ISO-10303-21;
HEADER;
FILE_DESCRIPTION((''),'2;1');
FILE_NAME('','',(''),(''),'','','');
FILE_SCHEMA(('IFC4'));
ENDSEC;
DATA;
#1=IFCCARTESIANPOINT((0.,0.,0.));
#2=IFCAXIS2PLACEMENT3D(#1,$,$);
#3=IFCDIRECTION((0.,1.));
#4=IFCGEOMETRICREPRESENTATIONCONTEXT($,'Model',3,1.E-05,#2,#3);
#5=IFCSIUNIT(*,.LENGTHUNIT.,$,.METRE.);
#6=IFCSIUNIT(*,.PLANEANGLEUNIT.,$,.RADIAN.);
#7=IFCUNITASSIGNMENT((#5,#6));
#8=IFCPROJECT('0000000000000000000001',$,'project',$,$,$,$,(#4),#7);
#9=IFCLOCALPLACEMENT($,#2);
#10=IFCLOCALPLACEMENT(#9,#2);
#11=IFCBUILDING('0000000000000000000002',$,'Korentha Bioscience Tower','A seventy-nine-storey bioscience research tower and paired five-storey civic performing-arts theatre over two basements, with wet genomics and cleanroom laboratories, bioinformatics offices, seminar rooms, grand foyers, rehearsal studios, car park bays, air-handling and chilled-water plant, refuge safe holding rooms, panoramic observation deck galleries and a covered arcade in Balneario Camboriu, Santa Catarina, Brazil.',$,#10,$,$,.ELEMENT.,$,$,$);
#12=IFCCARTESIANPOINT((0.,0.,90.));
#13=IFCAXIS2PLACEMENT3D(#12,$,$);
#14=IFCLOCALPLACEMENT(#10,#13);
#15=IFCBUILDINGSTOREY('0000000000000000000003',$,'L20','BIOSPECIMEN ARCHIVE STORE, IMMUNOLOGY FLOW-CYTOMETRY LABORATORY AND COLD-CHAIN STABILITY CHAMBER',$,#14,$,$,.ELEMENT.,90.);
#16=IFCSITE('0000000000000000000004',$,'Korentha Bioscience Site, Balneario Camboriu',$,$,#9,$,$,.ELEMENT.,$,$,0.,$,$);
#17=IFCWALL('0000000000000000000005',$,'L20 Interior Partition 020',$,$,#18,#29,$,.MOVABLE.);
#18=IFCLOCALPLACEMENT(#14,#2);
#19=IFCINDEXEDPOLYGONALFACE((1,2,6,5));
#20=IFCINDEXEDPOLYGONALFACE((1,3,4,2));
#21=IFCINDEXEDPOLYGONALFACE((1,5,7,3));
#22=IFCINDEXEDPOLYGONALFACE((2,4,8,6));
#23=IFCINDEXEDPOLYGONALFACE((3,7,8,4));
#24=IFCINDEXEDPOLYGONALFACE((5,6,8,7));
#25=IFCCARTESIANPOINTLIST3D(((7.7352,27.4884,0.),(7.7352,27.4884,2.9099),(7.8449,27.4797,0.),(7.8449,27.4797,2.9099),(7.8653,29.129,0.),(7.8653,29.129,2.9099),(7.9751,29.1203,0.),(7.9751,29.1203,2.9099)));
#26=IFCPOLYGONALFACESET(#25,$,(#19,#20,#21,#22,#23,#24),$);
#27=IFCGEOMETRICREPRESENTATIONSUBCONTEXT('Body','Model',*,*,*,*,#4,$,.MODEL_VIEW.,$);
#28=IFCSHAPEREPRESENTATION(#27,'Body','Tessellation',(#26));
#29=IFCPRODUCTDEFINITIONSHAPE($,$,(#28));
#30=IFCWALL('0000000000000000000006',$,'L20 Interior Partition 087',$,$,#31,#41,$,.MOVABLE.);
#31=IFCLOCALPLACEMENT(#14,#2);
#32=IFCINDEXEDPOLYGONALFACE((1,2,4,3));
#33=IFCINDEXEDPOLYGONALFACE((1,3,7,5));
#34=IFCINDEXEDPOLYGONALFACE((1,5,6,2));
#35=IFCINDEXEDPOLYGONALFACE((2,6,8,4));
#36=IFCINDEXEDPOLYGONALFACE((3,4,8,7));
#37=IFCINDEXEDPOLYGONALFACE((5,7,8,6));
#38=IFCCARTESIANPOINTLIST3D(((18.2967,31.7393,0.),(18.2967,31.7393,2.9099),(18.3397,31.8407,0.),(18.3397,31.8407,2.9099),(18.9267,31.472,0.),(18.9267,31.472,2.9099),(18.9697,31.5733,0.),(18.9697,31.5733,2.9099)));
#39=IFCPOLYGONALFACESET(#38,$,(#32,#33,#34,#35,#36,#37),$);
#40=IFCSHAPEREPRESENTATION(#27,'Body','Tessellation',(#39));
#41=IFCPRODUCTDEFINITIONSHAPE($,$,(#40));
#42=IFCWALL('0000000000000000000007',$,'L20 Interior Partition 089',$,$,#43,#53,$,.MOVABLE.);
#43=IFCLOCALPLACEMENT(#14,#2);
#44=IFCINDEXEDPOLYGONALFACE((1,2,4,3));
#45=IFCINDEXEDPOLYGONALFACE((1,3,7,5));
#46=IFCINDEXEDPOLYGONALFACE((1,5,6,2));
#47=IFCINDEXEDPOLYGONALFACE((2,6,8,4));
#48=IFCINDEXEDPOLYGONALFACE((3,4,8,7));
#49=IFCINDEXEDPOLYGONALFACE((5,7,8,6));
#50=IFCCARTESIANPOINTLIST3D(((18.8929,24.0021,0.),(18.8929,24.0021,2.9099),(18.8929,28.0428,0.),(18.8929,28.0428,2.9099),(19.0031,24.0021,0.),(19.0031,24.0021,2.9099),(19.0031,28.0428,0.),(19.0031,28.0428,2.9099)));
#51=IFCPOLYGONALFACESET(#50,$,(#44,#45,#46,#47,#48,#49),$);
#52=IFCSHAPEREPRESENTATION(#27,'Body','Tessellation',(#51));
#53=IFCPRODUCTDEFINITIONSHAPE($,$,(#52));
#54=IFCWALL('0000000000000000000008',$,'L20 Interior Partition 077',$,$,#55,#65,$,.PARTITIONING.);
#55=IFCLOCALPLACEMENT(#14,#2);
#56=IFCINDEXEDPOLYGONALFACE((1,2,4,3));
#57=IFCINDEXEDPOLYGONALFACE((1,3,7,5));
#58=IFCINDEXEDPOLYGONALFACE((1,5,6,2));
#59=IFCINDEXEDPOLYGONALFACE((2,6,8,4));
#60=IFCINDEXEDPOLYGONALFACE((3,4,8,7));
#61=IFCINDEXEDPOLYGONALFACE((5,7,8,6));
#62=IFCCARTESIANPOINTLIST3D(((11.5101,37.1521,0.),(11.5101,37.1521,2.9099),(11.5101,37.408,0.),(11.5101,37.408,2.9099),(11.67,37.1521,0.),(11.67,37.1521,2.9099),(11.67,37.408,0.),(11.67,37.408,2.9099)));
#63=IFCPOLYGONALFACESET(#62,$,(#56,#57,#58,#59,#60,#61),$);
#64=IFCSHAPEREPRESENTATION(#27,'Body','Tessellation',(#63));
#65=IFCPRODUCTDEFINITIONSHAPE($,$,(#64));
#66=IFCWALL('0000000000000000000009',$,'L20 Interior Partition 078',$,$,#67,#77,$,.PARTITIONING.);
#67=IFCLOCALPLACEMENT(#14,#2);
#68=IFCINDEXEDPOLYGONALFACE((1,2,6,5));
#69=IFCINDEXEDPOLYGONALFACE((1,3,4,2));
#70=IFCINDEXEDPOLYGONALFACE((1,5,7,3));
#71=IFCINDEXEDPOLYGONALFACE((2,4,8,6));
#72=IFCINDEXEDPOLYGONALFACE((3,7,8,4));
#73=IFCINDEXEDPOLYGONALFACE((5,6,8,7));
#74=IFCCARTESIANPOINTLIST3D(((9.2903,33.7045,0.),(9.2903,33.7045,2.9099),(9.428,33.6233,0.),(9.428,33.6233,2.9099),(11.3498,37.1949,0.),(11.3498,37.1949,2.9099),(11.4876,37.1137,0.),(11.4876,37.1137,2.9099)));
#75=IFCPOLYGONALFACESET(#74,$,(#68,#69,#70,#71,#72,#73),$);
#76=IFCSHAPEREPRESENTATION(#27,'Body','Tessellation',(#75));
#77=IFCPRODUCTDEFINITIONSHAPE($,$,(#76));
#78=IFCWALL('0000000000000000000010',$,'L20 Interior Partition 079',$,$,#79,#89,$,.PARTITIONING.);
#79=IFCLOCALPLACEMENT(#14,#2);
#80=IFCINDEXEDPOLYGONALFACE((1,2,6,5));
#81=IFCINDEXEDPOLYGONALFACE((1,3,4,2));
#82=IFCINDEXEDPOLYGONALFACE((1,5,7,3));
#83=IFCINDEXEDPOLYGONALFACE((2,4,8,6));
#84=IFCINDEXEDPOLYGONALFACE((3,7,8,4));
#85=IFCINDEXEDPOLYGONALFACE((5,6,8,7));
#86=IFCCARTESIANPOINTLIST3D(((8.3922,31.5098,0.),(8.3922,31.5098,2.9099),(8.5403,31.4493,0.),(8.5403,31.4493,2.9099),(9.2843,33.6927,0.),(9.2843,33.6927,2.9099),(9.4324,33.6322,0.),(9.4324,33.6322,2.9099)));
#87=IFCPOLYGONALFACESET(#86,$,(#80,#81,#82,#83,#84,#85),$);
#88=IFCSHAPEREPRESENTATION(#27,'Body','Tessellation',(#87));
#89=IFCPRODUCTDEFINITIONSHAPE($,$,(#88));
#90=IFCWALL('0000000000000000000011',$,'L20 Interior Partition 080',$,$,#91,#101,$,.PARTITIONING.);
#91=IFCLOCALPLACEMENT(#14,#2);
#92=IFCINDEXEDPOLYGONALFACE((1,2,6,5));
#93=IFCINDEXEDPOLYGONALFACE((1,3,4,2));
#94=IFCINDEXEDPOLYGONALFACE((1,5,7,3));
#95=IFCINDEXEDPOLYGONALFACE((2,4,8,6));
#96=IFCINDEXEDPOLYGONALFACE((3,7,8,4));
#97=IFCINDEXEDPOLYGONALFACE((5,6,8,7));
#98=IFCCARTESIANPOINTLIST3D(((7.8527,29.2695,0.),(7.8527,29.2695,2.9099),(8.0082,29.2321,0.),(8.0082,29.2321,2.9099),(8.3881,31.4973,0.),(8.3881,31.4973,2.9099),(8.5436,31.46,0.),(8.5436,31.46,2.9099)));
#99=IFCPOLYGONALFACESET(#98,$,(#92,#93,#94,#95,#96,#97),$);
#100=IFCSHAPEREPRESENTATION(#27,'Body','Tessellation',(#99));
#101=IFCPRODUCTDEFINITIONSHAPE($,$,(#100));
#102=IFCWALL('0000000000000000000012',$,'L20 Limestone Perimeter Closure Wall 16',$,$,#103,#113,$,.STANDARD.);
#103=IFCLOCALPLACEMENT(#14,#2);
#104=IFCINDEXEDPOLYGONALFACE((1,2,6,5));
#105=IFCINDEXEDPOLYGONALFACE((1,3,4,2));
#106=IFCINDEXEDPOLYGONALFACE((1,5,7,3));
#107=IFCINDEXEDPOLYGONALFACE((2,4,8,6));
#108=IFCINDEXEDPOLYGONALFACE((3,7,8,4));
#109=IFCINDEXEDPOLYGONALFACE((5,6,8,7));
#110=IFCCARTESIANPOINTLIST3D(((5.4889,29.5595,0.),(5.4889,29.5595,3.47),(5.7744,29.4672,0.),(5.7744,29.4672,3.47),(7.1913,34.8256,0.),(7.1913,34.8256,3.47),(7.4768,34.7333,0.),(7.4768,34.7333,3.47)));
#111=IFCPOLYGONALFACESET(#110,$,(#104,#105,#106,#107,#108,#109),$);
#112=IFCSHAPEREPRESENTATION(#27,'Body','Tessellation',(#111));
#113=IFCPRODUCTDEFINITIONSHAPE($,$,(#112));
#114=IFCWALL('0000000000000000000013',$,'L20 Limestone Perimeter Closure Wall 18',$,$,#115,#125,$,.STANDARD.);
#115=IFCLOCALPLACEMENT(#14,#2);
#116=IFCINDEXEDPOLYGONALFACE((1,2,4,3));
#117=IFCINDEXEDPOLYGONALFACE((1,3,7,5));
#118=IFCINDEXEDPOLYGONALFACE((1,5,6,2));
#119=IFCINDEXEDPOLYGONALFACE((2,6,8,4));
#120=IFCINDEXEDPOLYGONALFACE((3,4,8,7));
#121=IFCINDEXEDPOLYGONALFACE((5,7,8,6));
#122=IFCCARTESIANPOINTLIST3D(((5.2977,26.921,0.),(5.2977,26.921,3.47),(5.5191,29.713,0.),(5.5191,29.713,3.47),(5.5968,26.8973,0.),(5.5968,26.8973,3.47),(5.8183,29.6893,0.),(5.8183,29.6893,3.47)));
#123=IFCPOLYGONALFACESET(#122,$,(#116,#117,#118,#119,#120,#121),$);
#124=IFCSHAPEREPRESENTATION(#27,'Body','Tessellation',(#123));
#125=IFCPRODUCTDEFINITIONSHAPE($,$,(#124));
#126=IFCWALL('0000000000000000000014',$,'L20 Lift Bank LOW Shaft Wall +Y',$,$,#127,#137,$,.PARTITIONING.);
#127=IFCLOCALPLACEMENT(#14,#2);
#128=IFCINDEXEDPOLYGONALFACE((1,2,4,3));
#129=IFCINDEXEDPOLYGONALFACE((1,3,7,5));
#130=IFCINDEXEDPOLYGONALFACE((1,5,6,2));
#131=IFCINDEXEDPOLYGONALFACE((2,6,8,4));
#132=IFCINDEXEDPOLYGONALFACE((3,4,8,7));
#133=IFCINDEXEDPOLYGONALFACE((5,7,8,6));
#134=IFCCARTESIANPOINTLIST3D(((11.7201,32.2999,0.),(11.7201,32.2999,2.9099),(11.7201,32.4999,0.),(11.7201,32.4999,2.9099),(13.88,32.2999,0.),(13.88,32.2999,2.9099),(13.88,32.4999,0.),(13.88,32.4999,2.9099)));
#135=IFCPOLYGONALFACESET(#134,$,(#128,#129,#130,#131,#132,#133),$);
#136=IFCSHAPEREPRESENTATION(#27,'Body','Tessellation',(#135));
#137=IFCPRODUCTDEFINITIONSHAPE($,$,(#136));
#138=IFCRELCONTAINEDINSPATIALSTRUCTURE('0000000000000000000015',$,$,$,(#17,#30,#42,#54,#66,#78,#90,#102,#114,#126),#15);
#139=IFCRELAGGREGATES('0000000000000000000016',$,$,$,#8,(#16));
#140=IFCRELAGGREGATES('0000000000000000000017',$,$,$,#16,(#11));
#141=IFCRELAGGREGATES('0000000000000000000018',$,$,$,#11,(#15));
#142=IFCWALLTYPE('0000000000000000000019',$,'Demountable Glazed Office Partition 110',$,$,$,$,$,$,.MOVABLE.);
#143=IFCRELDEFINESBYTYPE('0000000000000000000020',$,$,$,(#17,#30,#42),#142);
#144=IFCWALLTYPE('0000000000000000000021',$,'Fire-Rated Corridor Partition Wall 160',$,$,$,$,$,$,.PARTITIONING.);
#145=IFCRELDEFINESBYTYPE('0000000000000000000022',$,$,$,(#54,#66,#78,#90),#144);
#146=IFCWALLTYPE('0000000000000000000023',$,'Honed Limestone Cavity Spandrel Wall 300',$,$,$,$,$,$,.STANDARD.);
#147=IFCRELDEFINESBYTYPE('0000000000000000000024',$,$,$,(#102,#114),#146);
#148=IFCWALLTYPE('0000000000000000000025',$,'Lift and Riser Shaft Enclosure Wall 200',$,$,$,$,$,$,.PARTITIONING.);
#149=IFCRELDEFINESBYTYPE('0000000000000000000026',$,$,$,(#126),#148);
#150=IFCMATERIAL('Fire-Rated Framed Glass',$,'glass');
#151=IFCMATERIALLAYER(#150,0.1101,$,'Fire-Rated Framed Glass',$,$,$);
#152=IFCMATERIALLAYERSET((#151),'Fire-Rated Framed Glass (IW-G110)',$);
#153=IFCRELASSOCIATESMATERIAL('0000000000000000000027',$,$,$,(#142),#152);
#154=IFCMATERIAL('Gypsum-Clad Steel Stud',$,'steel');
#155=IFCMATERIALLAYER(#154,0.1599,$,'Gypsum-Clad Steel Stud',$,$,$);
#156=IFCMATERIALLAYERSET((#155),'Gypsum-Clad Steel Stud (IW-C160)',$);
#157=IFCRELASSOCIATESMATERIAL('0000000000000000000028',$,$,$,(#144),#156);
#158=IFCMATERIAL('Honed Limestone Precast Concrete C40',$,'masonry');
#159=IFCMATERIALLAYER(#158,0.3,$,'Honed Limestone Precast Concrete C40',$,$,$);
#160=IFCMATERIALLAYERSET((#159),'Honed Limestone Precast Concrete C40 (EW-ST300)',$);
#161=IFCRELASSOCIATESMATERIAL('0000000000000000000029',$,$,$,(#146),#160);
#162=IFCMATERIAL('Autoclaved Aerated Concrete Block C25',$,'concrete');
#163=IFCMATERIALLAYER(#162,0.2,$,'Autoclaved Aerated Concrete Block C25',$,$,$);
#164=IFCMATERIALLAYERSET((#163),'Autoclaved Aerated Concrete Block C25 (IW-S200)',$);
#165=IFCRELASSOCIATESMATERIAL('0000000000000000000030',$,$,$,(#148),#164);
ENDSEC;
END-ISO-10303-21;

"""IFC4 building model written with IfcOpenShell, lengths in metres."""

from ifc_helpers import new_model, si_unit, direction, frame, frame_2d, origin, place, context, subcontext, project, spatial, rectangle, extrude, material, layer, layer_set, type_object, element, save


model = new_model("IFC4")

# Units and contexts
model_context = context("Model", 3, precision=1e-05, world=origin(), true_north=direction((0.0, 1.0)))
body_context = subcontext(model_context, "Body", "Model", "MODEL_VIEW")
ifc_project = project(units=[si_unit("LENGTHUNIT", "METRE"), si_unit("PLANEANGLEUNIT", "RADIAN")], contexts=[model_context])

# Site, building, storey
site_placement = place(None, origin())
site = spatial("IfcSite", under=ifc_project, at=site_placement, Name="Korentha Bioscience Site, Balneario Camboriu", CompositionType="ELEMENT", RefElevation=0.0)
building_placement = place(site_placement, origin())
building = spatial("IfcBuilding", under=site, at=building_placement, Name="Korentha Bioscience Tower", Description="A seventy-nine-storey bioscience research tower and paired five-storey civic performing-arts theatre over two basements, with wet genomics and cleanroom laboratories, bioinformatics offices, seminar rooms, grand foyers, rehearsal studios, car park bays, air-handling and chilled-water plant, refuge safe holding rooms, panoramic observation deck galleries and a covered arcade in Balneario Camboriu, Santa Catarina, Brazil.", CompositionType="ELEMENT")
storey_placement = place(building_placement, frame((0.0, 0.0, 90.0)))
storey = spatial("IfcBuildingStorey", under=building, at=storey_placement, Name="L20", Description="BIOSPECIMEN ARCHIVE STORE, IMMUNOLOGY FLOW-CYTOMETRY LABORATORY AND COLD-CHAIN STABILITY CHAMBER", CompositionType="ELEMENT", Elevation=90.0)

# Shared definitions
ifc_material_1 = material(Name="Fire-Rated Framed Glass", Category="glass")
ifc_layer_1 = layer(ifc_material_1, 0.1101, Name="Fire-Rated Framed Glass")
ifc_layer_set_1 = layer_set([ifc_layer_1], Name="Fire-Rated Framed Glass (IW-G110)")
wall_type_1 = type_object("IfcWallType", Name="Demountable Glazed Office Partition 110", PredefinedType="MOVABLE", material=ifc_layer_set_1)

# Walls
wall_1_placement = place(storey_placement, frame((7.9202, 29.1245, 0.0), z_axis=(0.0, 0.0, 1.0), x_axis=(-0.079067, -0.996869, 0.0)))
element("IfcWall", 1, at=wall_1_placement, inside=storey, type_object=wall_type_1, Name="L20 Interior Partition 020", PredefinedType="MOVABLE", context=body_context, shape_type="SweptSolid", body=[
    extrude(rectangle(XDim=1.6458, YDim=0.1101, at=frame_2d((0.8228, 0.0))), origin(), (0.0, 0.0, 1.0), 2.9099),
])
wall_2_placement = place(storey_placement, frame((18.3181, 31.79, 0.0), z_axis=(0.0, 0.0, 1.0), x_axis=(0.920523, -0.390687, 0.0)))
element("IfcWall", 2, at=wall_2_placement, inside=storey, type_object=wall_type_1, Name="L20 Interior Partition 087", PredefinedType="MOVABLE", context=body_context, shape_type="SweptSolid", body=[
    extrude(rectangle(XDim=0.6843, YDim=0.1101, at=frame_2d((0.3423, 0.0))), origin(), (0.0, 0.0, 1.0), 2.9099),
])
wall_3_placement = place(storey_placement, frame((18.948, 28.043, 0.0), z_axis=(0.0, 0.0, 1.0), x_axis=(0.0, -1.0, 0.0)))
element("IfcWall", 3, at=wall_3_placement, inside=storey, type_object=wall_type_1, Name="L20 Interior Partition 089", PredefinedType="MOVABLE", context=body_context, shape_type="SweptSolid", body=[
    extrude(rectangle(XDim=4.0408, YDim=0.1101, at=frame_2d((2.0205, 0.0))), origin(), (0.0, 0.0, 1.0), 2.9099),
])
ifc_material_2 = material(Name="Gypsum-Clad Steel Stud", Category="steel")
ifc_layer_2 = layer(ifc_material_2, 0.1599, Name="Gypsum-Clad Steel Stud")
ifc_layer_set_2 = layer_set([ifc_layer_2], Name="Gypsum-Clad Steel Stud (IW-C160)")
wall_type_2 = type_object("IfcWallType", Name="Fire-Rated Corridor Partition Wall 160", PredefinedType="PARTITIONING", material=ifc_layer_set_2)
wall_4_placement = place(storey_placement, frame((11.5901, 37.1521, 0.0), z_axis=(0.0, 0.0, 1.0), x_axis=(0.0, 1.0, 0.0)))
element("IfcWall", 4, at=wall_4_placement, inside=storey, type_object=wall_type_2, Name="L20 Interior Partition 077", PredefinedType="PARTITIONING", context=body_context, shape_type="SweptSolid", body=[
    extrude(rectangle(XDim=0.2559, YDim=0.1599, at=frame_2d((0.1279, 0.0))), origin(), (0.0, 0.0, 1.0), 2.9099),
])
wall_5_placement = place(storey_placement, frame((11.4187, 37.1543, 0.0), z_axis=(0.0, 0.0, 1.0), x_axis=(-0.508183, -0.861249, 0.0)))
element("IfcWall", 5, at=wall_5_placement, inside=storey, type_object=wall_type_2, Name="L20 Interior Partition 078", PredefinedType="PARTITIONING", context=body_context, shape_type="SweptSolid", body=[
    extrude(rectangle(XDim=4.0527, YDim=0.1599, at=frame_2d((2.0264, 0.0))), origin(), (0.0, 0.0, 1.0), 2.9099),
])
wall_6_placement = place(storey_placement, frame((9.3584, 33.6626, 0.0), z_axis=(0.0, 0.0, 1.0), x_axis=(-0.378306, -0.92568, 0.0)))
element("IfcWall", 6, at=wall_6_placement, inside=storey, type_object=wall_type_2, Name="L20 Interior Partition 079", PredefinedType="PARTITIONING", context=body_context, shape_type="SweptSolid", body=[
    extrude(rectangle(XDim=2.3582, YDim=0.1599, at=frame_2d((1.1792, 0.0))), origin(), (0.0, 0.0, 1.0), 2.9099),
])
wall_7_placement = place(storey_placement, frame((8.4658, 31.4785, 0.0), z_axis=(0.0, 0.0, 1.0), x_axis=(-0.233675, -0.972315, 0.0)))
element("IfcWall", 7, at=wall_7_placement, inside=storey, type_object=wall_type_2, Name="L20 Interior Partition 080", PredefinedType="PARTITIONING", context=body_context, shape_type="SweptSolid", body=[
    extrude(rectangle(XDim=2.2913, YDim=0.1599, at=frame_2d((1.1455, 0.0))), origin(), (0.0, 0.0, 1.0), 2.9099),
])
ifc_material_3 = material(Name="Honed Limestone Precast Concrete C40", Category="masonry")
ifc_layer_3 = layer(ifc_material_3, 0.3, Name="Honed Limestone Precast Concrete C40")
ifc_layer_set_3 = layer_set([ifc_layer_3], Name="Honed Limestone Precast Concrete C40 (EW-ST300)")
wall_type_3 = type_object("IfcWallType", Name="Honed Limestone Cavity Spandrel Wall 300", PredefinedType="STANDARD", material=ifc_layer_set_3)
wall_8_placement = place(storey_placement, frame((7.334, 34.7793, 0.0), z_axis=(0.0, 0.0, 1.0), x_axis=(-0.307599, -0.951516, 0.0)))
element("IfcWall", 8, at=wall_8_placement, inside=storey, type_object=wall_type_3, Name="L20 Limestone Perimeter Closure Wall 16", PredefinedType="STANDARD", context=body_context, shape_type="SweptSolid", body=[
    extrude(rectangle(XDim=5.5344, YDim=0.3, at=frame_2d((2.7671, 0.0))), origin(), (0.0, 0.0, 1.0), 3.47),
])
wall_9_placement = place(storey_placement, frame((5.6687, 29.7012, 0.0), z_axis=(0.0, 0.0, 1.0), x_axis=(-0.079063, -0.99687, 0.0)))
element("IfcWall", 9, at=wall_9_placement, inside=storey, type_object=wall_type_3, Name="L20 Limestone Perimeter Closure Wall 18", PredefinedType="STANDARD", context=body_context, shape_type="SweptSolid", body=[
    extrude(rectangle(XDim=2.8008, YDim=0.3, at=frame_2d((1.4004, 0.0))), origin(), (0.0, 0.0, 1.0), 3.47),
])
ifc_material_4 = material(Name="Autoclaved Aerated Concrete Block C25", Category="concrete")
ifc_layer_4 = layer(ifc_material_4, 0.2, Name="Autoclaved Aerated Concrete Block C25")
ifc_layer_set_4 = layer_set([ifc_layer_4], Name="Autoclaved Aerated Concrete Block C25 (IW-S200)")
wall_type_4 = type_object("IfcWallType", Name="Lift and Riser Shaft Enclosure Wall 200", PredefinedType="PARTITIONING", material=ifc_layer_set_4)
wall_10_placement = place(storey_placement, frame((11.72, 32.3999, 0.0), z_axis=(0.0, 0.0, 1.0), x_axis=(1.0, 0.0, 0.0)))
element("IfcWall", 10, at=wall_10_placement, inside=storey, type_object=wall_type_4, Name="L20 Lift Bank LOW Shaft Wall +Y", PredefinedType="PARTITIONING", context=body_context, shape_type="SweptSolid", body=[
    extrude(rectangle(XDim=2.1599, YDim=0.2, at=frame_2d((1.0801, 0.0))), origin(), (0.0, 0.0, 1.0), 2.9099),
])

save(model, "model.ifc")
